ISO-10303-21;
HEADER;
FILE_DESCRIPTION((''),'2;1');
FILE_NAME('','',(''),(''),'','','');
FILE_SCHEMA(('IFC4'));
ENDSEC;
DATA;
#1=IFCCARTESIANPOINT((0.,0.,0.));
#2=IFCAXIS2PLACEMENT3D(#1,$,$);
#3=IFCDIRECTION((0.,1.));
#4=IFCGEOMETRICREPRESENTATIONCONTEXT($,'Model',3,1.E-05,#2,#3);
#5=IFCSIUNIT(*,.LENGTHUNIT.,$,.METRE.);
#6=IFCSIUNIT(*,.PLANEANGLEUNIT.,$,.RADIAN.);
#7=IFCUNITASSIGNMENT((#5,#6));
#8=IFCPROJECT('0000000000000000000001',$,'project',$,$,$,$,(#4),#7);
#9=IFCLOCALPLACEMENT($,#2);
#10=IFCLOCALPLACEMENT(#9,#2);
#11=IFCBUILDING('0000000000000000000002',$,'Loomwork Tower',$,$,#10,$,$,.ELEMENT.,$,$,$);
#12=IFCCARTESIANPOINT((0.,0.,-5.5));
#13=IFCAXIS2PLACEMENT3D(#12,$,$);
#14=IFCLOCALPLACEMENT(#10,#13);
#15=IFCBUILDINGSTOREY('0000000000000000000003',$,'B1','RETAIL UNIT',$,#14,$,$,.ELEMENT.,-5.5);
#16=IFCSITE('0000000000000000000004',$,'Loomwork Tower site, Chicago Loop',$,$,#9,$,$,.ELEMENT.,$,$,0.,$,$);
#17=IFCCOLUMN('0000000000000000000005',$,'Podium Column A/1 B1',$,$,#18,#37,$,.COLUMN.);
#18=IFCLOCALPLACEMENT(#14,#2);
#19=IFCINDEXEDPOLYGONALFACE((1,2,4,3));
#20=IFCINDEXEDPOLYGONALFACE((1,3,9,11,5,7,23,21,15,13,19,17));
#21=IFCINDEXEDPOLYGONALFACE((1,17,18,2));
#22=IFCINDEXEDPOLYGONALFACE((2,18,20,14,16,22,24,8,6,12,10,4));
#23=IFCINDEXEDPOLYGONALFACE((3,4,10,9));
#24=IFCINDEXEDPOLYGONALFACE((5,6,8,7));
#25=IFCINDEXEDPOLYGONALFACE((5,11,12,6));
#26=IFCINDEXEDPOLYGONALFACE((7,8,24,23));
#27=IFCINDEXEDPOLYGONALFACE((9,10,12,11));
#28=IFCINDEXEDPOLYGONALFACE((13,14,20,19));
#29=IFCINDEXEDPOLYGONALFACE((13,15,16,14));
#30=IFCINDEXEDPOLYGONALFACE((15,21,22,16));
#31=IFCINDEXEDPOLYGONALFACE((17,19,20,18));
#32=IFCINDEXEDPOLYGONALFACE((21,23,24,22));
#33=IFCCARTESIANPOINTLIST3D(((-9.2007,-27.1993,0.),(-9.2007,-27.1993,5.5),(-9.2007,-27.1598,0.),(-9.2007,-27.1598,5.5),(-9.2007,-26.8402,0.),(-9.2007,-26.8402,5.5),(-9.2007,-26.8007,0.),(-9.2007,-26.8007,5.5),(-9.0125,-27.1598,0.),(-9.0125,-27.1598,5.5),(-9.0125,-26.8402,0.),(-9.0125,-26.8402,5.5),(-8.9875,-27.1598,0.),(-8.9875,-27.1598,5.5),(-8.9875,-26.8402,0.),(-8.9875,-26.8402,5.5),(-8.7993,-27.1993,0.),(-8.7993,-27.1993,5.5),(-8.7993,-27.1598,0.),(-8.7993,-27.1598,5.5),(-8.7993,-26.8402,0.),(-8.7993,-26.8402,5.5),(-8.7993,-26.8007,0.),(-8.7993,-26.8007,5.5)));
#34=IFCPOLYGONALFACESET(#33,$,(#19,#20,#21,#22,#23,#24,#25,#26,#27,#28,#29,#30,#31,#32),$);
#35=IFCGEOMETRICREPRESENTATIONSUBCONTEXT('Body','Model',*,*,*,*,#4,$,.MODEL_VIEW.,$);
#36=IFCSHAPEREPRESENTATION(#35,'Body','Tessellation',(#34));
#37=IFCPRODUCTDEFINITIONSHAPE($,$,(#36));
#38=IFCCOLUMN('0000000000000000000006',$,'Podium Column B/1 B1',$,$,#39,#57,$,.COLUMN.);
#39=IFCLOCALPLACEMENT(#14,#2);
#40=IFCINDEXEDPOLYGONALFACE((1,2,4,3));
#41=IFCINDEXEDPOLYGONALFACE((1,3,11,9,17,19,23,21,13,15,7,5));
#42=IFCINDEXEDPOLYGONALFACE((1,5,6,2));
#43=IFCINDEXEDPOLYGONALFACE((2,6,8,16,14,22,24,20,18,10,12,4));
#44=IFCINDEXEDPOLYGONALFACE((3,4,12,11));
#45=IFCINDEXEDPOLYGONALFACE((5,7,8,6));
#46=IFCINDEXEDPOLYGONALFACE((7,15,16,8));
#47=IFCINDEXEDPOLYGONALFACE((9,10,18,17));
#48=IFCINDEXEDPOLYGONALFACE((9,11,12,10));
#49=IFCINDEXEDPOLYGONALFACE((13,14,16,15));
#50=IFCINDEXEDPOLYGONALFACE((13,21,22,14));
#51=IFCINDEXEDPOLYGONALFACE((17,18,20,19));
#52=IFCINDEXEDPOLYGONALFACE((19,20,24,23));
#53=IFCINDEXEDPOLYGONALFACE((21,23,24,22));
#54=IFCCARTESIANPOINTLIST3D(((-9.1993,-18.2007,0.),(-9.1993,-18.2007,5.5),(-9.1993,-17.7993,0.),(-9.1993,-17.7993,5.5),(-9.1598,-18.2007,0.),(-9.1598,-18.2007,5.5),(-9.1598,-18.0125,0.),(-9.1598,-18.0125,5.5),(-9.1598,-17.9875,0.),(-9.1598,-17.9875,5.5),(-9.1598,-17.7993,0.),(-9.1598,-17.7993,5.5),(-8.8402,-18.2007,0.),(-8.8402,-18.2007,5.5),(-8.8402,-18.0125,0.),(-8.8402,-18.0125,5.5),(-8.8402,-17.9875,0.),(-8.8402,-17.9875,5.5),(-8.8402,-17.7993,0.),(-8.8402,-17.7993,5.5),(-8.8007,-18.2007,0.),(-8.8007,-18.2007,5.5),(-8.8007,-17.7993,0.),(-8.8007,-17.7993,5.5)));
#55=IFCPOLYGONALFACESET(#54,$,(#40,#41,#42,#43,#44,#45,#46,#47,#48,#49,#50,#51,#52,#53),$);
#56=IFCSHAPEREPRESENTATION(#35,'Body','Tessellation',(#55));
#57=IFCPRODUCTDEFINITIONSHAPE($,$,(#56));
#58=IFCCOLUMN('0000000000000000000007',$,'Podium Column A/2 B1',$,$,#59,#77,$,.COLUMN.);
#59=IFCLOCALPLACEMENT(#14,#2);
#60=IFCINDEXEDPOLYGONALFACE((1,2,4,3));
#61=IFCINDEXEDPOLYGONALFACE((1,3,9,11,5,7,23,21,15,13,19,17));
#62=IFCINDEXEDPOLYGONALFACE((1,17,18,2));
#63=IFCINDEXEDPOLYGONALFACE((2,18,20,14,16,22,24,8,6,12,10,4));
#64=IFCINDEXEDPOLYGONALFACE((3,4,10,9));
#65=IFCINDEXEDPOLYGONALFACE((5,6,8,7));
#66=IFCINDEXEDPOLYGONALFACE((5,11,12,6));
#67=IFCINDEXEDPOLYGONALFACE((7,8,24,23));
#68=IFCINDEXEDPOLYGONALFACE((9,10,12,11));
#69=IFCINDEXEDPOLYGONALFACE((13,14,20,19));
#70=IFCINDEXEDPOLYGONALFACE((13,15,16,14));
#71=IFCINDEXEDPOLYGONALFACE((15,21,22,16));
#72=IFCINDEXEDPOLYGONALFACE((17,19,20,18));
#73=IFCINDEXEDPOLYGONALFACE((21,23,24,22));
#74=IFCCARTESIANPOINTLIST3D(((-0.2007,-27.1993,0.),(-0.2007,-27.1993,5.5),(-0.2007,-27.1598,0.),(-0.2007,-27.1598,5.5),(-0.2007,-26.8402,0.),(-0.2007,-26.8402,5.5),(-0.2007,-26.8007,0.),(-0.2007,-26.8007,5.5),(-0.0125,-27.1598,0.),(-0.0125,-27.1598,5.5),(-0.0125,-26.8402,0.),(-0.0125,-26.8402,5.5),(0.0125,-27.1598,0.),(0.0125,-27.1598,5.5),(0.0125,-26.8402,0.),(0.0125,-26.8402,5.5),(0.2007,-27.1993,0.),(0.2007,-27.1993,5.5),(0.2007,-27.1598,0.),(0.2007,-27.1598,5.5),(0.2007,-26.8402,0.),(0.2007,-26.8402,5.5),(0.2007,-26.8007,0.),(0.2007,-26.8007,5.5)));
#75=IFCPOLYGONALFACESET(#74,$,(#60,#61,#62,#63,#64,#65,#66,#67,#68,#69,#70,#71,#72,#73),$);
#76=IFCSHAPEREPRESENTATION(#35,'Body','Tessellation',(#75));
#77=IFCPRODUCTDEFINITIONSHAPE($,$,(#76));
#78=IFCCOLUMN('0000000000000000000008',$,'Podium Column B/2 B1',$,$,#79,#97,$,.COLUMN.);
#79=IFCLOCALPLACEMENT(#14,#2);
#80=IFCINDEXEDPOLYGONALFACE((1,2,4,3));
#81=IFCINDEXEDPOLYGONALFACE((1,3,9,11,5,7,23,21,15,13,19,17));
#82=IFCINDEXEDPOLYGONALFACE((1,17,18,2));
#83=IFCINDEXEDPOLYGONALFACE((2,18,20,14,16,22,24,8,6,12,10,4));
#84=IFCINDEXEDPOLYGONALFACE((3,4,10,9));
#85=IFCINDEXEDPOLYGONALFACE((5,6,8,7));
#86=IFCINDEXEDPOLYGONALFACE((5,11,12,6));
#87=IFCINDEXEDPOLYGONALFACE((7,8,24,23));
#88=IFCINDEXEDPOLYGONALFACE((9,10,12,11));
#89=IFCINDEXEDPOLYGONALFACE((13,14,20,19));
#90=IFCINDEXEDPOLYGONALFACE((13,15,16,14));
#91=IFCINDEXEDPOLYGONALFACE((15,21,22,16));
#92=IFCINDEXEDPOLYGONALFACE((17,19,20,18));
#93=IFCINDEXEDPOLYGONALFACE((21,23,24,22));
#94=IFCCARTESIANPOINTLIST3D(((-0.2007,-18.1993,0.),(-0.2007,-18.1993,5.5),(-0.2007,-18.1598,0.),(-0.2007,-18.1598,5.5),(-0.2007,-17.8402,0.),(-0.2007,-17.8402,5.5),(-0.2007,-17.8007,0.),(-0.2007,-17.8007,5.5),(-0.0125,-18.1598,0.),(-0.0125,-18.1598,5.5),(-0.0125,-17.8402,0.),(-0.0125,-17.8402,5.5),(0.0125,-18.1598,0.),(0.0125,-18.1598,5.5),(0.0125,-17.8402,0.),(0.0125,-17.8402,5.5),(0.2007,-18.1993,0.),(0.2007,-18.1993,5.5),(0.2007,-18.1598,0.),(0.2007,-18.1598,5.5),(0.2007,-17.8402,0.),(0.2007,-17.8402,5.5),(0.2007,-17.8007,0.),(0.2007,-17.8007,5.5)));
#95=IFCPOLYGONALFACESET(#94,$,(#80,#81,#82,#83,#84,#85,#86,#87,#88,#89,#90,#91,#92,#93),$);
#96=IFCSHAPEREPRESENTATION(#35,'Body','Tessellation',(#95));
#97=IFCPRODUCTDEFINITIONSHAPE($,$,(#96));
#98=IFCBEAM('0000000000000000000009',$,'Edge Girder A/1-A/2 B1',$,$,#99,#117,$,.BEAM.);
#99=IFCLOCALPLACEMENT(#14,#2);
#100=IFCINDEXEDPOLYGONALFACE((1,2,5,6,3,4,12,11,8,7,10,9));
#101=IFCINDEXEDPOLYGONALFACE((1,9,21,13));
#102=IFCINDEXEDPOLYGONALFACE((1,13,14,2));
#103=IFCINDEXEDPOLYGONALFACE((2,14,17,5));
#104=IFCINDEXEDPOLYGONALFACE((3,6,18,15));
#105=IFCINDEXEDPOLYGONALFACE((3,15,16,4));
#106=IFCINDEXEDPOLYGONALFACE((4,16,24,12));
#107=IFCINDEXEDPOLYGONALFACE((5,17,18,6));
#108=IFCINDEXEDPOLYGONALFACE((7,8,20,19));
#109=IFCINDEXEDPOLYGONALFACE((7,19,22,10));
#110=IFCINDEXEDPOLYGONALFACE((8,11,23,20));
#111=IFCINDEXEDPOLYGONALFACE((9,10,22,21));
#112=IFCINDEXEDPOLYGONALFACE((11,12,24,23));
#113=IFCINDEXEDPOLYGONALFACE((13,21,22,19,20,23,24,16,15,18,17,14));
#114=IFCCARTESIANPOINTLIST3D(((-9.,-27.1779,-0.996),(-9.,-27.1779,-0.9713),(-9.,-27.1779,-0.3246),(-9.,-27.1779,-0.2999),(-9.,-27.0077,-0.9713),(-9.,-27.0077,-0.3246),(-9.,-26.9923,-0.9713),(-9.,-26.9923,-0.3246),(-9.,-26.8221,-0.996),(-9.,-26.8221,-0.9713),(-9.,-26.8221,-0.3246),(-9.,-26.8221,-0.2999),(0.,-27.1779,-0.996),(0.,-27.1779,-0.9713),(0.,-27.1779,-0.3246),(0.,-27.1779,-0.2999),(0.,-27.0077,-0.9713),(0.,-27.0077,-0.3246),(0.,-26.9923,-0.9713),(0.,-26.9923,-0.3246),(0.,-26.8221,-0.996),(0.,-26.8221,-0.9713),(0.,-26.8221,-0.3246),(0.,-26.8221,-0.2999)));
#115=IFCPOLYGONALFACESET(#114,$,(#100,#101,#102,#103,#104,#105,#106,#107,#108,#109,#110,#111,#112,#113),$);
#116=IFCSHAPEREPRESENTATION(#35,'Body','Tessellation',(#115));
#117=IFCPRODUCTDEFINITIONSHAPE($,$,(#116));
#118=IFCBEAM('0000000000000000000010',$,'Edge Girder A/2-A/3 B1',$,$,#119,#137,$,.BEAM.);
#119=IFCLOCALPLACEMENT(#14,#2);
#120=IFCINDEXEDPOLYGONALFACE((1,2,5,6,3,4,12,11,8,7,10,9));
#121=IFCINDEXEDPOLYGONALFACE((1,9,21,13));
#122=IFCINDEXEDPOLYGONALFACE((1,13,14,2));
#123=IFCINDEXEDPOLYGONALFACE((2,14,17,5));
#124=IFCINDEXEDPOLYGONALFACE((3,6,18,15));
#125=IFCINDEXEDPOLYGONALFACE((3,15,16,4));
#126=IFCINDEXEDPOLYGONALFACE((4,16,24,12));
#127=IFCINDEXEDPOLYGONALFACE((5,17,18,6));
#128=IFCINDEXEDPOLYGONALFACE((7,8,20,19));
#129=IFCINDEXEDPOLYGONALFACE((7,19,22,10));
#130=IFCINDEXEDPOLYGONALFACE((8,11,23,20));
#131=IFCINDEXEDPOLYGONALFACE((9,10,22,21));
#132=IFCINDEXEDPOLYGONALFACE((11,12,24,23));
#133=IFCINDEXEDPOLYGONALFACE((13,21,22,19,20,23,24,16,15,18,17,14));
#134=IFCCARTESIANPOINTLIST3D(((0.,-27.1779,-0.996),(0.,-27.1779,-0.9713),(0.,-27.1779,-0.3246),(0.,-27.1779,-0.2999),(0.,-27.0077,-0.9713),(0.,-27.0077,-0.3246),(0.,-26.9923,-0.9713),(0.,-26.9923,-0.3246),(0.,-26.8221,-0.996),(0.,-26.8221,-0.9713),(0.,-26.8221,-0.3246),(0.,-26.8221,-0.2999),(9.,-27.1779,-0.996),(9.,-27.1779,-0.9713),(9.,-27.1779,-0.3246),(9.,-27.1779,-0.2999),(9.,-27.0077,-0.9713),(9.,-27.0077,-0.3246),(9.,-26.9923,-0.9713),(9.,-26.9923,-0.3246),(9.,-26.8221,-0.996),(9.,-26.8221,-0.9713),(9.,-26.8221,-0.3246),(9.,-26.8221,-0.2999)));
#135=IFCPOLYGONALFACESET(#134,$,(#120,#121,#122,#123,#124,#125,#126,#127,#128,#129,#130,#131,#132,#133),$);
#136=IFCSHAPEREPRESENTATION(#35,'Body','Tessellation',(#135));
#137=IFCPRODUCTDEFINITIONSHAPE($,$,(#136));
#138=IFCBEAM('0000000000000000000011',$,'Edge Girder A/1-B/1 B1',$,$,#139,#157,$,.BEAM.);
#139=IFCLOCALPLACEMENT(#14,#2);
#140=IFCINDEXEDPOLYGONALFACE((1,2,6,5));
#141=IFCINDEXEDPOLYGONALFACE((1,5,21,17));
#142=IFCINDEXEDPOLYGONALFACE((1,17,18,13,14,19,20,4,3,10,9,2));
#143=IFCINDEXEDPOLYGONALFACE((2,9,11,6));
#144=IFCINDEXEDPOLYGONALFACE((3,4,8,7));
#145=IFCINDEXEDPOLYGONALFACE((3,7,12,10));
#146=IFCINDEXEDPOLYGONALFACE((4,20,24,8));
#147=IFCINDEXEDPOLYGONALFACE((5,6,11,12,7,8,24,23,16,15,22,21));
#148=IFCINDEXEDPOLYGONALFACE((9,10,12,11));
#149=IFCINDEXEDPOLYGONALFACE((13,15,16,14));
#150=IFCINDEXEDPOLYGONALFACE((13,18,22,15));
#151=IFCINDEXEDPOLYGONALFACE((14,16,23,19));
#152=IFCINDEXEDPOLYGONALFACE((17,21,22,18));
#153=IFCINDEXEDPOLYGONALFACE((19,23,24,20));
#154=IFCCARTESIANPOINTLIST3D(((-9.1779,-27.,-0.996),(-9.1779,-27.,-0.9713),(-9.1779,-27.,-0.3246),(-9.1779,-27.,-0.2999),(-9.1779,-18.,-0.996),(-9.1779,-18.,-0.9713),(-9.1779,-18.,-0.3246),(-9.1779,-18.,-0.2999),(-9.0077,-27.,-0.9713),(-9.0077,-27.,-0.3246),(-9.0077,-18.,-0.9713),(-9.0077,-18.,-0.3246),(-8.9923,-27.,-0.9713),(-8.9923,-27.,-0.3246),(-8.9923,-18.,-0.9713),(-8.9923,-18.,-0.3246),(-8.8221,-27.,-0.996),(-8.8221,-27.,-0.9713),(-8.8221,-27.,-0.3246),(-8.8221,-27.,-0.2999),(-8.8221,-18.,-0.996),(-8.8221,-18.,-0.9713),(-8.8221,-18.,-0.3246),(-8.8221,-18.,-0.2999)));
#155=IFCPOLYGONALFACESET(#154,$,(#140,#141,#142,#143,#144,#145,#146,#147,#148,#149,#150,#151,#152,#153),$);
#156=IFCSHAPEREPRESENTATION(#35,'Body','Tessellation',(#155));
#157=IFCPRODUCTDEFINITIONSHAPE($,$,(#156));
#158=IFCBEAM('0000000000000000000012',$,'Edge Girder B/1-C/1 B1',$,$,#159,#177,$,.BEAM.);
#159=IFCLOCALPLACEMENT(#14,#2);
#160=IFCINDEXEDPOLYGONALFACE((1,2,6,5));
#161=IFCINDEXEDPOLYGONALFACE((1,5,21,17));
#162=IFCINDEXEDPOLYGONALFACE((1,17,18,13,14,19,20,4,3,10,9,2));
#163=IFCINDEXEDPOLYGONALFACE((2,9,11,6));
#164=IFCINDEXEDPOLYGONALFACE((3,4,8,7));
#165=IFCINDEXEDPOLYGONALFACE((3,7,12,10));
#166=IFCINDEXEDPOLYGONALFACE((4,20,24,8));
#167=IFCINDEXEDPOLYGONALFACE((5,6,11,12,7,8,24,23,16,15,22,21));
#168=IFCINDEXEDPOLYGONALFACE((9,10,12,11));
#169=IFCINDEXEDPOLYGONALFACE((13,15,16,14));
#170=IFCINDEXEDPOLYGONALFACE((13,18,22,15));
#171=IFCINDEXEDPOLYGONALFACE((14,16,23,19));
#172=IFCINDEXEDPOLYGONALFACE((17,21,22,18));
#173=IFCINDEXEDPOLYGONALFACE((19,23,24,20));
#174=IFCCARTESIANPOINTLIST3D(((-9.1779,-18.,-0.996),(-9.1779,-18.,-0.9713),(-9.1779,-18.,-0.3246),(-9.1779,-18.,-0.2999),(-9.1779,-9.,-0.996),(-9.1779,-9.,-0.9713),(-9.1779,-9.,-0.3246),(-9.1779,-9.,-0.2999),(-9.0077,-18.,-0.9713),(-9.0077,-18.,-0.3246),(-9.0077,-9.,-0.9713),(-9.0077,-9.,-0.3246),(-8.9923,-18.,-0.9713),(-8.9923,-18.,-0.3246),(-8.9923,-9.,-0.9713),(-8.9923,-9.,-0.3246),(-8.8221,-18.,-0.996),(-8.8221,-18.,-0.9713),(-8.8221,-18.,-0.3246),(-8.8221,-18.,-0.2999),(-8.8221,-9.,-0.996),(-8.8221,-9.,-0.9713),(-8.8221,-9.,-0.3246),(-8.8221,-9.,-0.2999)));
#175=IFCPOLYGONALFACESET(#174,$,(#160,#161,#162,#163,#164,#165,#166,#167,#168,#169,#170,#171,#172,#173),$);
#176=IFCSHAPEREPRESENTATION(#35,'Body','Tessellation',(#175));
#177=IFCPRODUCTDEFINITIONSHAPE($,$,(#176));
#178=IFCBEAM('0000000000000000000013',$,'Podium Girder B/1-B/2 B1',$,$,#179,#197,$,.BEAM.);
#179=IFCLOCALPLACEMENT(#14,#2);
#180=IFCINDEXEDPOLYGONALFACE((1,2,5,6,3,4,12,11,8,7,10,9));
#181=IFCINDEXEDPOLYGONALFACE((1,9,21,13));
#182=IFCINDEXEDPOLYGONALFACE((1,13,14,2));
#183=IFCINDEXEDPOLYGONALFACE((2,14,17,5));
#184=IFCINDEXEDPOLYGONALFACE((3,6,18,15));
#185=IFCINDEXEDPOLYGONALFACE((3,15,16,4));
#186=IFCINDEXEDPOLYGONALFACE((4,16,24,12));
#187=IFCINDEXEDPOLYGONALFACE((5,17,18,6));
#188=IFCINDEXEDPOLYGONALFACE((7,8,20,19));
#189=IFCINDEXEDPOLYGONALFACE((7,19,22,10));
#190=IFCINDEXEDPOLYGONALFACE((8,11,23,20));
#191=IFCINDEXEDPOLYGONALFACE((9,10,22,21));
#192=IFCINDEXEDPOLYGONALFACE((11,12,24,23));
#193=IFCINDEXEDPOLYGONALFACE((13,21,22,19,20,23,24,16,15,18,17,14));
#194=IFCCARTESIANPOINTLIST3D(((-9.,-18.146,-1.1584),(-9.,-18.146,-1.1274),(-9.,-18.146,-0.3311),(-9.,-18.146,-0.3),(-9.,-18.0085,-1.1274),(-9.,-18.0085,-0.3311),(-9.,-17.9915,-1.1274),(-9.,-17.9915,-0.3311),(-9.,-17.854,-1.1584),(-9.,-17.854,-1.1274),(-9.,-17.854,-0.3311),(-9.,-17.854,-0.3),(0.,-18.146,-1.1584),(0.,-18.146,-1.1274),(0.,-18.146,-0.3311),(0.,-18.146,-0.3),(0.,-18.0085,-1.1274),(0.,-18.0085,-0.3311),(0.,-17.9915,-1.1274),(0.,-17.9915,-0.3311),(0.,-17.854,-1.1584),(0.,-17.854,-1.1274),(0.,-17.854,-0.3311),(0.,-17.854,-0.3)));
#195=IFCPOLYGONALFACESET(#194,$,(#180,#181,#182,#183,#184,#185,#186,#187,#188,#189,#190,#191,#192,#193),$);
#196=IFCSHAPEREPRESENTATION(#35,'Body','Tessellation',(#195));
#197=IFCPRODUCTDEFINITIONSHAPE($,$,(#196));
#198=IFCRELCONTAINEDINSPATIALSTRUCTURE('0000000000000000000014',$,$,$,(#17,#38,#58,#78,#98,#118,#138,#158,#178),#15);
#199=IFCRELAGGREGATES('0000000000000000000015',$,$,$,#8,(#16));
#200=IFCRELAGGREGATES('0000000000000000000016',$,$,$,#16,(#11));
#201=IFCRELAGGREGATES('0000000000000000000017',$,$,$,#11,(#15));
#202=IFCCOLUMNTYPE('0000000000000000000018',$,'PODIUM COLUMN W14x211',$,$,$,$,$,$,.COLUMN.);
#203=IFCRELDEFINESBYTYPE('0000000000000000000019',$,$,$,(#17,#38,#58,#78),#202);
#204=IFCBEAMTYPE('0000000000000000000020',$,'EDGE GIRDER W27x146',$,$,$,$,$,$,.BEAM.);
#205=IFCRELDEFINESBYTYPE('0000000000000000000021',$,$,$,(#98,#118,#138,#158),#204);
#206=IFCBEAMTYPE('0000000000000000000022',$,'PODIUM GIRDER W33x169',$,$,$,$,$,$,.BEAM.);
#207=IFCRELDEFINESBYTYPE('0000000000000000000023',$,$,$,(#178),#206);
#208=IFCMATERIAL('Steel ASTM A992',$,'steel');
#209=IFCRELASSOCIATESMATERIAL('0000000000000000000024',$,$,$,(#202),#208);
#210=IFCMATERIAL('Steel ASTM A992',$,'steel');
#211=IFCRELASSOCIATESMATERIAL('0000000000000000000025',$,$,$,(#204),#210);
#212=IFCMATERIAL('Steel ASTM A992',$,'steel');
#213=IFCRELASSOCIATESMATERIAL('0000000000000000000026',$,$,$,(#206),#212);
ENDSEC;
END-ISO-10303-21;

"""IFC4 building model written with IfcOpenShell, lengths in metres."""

from ifc_helpers import new_model, si_unit, direction, frame, origin, origin_2d, place, context, subcontext, project, spatial, i_section, extrude, material, material_profile, profile_set, type_object, element, save


model = new_model("IFC4")

# Units and contexts
model_context = context("Model", 3, precision=1e-05, world=origin(), true_north=direction((0.0, 1.0)))
body_context = subcontext(model_context, "Body", "Model", "MODEL_VIEW")
ifc_project = project(units=[si_unit("LENGTHUNIT", "METRE"), si_unit("PLANEANGLEUNIT", "RADIAN")], contexts=[model_context])

# Site, building, storey
site_placement = place(None, origin())
site = spatial("IfcSite", under=ifc_project, at=site_placement, Name="Loomwork Tower site, Chicago Loop", CompositionType="ELEMENT", RefElevation=0.0)
building_placement = place(site_placement, origin())
building = spatial("IfcBuilding", under=site, at=building_placement, Name="Loomwork Tower", CompositionType="ELEMENT")
storey_placement = place(building_placement, frame((0.0, 0.0, -5.5)))
storey = spatial("IfcBuildingStorey", under=building, at=storey_placement, Name="B1", Description="RETAIL UNIT", CompositionType="ELEMENT", Elevation=-5.5)

# Columns
ifc_material_1 = material(Name="Steel ASTM A992", Category="steel")
ifc_material_profile_1 = material_profile(ifc_material_1, i_section(OverallWidth=0.4014, OverallDepth=0.3987, WebThickness=0.0249, FlangeThickness=0.0396, at=origin_2d()), Name="W14x211")
ifc_profile_set_1 = profile_set([ifc_material_profile_1], Name="Steel ASTM A992")
column_type = type_object("IfcColumnType", Name="PODIUM COLUMN W14x211", PredefinedType="COLUMN", material=ifc_profile_set_1)
for number, where, z_axis, x_axis, name in (
    (1, (-9.0, -27.0, 0.0), (0.0, 0.0, 1.0), (1.0, 0.0, 0.0), "Podium Column A/1 B1"),
    (2, (-9.0, -18.0, 0.0), (0.0, 0.0, 1.0), (0.0, 1.0, 0.0), "Podium Column B/1 B1"),
    (3, (0.0, -27.0, 0.0), (0.0, 0.0, 1.0), (1.0, 0.0, 0.0), "Podium Column A/2 B1"),
    (4, (0.0, -18.0, 0.0), (0.0, 0.0, 1.0), (1.0, 0.0, 0.0), "Podium Column B/2 B1"),
):
    element("IfcColumn", number, at=place(storey_placement, frame(where, z_axis=z_axis, x_axis=x_axis)), inside=storey, type_object=column_type, Name=name, PredefinedType="COLUMN", context=body_context, shape_type="SweptSolid", body=[
        extrude(i_section(OverallWidth=0.4014, OverallDepth=0.3987, WebThickness=0.0249, FlangeThickness=0.0396, at=origin_2d()), origin(), (0.0, 0.0, 1.0), 5.5),
    ])

# Beams
ifc_material_2 = material(Name="Steel ASTM A992", Category="steel")
ifc_material_profile_2 = material_profile(ifc_material_2, i_section(OverallWidth=0.3557, OverallDepth=0.696, WebThickness=0.0154, FlangeThickness=0.0247, at=origin_2d()), Name="W27x146")
ifc_profile_set_2 = profile_set([ifc_material_profile_2], Name="Steel ASTM A992")
beam_type_1 = type_object("IfcBeamType", Name="EDGE GIRDER W27x146", PredefinedType="BEAM", material=ifc_profile_set_2)
for number, where, z_axis, x_axis, name in (
    (5, (-9.0, -27.0, -0.6479), (1.0, 0.0, 0.0), (0.0, 1.0, 0.0), "Edge Girder A/1-A/2 B1"),
    (6, (0.0, -27.0, -0.6479), (1.0, 0.0, 0.0), (0.0, 1.0, 0.0), "Edge Girder A/2-A/3 B1"),
    (7, (-9.0, -27.0, -0.6479), (0.0, 1.0, 0.0), (-1.0, 0.0, 0.0), "Edge Girder A/1-B/1 B1"),
    (8, (-9.0, -18.0, -0.6479), (0.0, 1.0, 0.0), (-1.0, 0.0, 0.0), "Edge Girder B/1-C/1 B1"),
):
    element("IfcBeam", number, at=place(storey_placement, frame(where, z_axis=z_axis, x_axis=x_axis)), inside=storey, type_object=beam_type_1, Name=name, PredefinedType="BEAM", context=body_context, shape_type="SweptSolid", body=[
        extrude(i_section(OverallWidth=0.3557, OverallDepth=0.696, WebThickness=0.0154, FlangeThickness=0.0247, at=origin_2d()), origin(), (0.0, 0.0, 1.0), 9.0),
    ])
ifc_material_3 = material(Name="Steel ASTM A992", Category="steel")
ifc_material_profile_3 = material_profile(ifc_material_3, i_section(OverallWidth=0.292, OverallDepth=0.8584, WebThickness=0.0171, FlangeThickness=0.031, at=origin_2d()), Name="W33x169")
ifc_profile_set_3 = profile_set([ifc_material_profile_3], Name="Steel ASTM A992")
beam_type_2 = type_object("IfcBeamType", Name="PODIUM GIRDER W33x169", PredefinedType="BEAM", material=ifc_profile_set_3)
for number, where, z_axis, x_axis, name in (
    (9, (-9.0, -18.0, -0.7292), (1.0, 0.0, 0.0), (0.0, 1.0, 0.0), "Podium Girder B/1-B/2 B1"),
):
    element("IfcBeam", number, at=place(storey_placement, frame(where, z_axis=z_axis, x_axis=x_axis)), inside=storey, type_object=beam_type_2, Name=name, PredefinedType="BEAM", context=body_context, shape_type="SweptSolid", body=[
        extrude(i_section(OverallWidth=0.292, OverallDepth=0.8584, WebThickness=0.0171, FlangeThickness=0.031, at=origin_2d()), origin(), (0.0, 0.0, 1.0), 9.0),
    ])

save(model, "model.ifc")
